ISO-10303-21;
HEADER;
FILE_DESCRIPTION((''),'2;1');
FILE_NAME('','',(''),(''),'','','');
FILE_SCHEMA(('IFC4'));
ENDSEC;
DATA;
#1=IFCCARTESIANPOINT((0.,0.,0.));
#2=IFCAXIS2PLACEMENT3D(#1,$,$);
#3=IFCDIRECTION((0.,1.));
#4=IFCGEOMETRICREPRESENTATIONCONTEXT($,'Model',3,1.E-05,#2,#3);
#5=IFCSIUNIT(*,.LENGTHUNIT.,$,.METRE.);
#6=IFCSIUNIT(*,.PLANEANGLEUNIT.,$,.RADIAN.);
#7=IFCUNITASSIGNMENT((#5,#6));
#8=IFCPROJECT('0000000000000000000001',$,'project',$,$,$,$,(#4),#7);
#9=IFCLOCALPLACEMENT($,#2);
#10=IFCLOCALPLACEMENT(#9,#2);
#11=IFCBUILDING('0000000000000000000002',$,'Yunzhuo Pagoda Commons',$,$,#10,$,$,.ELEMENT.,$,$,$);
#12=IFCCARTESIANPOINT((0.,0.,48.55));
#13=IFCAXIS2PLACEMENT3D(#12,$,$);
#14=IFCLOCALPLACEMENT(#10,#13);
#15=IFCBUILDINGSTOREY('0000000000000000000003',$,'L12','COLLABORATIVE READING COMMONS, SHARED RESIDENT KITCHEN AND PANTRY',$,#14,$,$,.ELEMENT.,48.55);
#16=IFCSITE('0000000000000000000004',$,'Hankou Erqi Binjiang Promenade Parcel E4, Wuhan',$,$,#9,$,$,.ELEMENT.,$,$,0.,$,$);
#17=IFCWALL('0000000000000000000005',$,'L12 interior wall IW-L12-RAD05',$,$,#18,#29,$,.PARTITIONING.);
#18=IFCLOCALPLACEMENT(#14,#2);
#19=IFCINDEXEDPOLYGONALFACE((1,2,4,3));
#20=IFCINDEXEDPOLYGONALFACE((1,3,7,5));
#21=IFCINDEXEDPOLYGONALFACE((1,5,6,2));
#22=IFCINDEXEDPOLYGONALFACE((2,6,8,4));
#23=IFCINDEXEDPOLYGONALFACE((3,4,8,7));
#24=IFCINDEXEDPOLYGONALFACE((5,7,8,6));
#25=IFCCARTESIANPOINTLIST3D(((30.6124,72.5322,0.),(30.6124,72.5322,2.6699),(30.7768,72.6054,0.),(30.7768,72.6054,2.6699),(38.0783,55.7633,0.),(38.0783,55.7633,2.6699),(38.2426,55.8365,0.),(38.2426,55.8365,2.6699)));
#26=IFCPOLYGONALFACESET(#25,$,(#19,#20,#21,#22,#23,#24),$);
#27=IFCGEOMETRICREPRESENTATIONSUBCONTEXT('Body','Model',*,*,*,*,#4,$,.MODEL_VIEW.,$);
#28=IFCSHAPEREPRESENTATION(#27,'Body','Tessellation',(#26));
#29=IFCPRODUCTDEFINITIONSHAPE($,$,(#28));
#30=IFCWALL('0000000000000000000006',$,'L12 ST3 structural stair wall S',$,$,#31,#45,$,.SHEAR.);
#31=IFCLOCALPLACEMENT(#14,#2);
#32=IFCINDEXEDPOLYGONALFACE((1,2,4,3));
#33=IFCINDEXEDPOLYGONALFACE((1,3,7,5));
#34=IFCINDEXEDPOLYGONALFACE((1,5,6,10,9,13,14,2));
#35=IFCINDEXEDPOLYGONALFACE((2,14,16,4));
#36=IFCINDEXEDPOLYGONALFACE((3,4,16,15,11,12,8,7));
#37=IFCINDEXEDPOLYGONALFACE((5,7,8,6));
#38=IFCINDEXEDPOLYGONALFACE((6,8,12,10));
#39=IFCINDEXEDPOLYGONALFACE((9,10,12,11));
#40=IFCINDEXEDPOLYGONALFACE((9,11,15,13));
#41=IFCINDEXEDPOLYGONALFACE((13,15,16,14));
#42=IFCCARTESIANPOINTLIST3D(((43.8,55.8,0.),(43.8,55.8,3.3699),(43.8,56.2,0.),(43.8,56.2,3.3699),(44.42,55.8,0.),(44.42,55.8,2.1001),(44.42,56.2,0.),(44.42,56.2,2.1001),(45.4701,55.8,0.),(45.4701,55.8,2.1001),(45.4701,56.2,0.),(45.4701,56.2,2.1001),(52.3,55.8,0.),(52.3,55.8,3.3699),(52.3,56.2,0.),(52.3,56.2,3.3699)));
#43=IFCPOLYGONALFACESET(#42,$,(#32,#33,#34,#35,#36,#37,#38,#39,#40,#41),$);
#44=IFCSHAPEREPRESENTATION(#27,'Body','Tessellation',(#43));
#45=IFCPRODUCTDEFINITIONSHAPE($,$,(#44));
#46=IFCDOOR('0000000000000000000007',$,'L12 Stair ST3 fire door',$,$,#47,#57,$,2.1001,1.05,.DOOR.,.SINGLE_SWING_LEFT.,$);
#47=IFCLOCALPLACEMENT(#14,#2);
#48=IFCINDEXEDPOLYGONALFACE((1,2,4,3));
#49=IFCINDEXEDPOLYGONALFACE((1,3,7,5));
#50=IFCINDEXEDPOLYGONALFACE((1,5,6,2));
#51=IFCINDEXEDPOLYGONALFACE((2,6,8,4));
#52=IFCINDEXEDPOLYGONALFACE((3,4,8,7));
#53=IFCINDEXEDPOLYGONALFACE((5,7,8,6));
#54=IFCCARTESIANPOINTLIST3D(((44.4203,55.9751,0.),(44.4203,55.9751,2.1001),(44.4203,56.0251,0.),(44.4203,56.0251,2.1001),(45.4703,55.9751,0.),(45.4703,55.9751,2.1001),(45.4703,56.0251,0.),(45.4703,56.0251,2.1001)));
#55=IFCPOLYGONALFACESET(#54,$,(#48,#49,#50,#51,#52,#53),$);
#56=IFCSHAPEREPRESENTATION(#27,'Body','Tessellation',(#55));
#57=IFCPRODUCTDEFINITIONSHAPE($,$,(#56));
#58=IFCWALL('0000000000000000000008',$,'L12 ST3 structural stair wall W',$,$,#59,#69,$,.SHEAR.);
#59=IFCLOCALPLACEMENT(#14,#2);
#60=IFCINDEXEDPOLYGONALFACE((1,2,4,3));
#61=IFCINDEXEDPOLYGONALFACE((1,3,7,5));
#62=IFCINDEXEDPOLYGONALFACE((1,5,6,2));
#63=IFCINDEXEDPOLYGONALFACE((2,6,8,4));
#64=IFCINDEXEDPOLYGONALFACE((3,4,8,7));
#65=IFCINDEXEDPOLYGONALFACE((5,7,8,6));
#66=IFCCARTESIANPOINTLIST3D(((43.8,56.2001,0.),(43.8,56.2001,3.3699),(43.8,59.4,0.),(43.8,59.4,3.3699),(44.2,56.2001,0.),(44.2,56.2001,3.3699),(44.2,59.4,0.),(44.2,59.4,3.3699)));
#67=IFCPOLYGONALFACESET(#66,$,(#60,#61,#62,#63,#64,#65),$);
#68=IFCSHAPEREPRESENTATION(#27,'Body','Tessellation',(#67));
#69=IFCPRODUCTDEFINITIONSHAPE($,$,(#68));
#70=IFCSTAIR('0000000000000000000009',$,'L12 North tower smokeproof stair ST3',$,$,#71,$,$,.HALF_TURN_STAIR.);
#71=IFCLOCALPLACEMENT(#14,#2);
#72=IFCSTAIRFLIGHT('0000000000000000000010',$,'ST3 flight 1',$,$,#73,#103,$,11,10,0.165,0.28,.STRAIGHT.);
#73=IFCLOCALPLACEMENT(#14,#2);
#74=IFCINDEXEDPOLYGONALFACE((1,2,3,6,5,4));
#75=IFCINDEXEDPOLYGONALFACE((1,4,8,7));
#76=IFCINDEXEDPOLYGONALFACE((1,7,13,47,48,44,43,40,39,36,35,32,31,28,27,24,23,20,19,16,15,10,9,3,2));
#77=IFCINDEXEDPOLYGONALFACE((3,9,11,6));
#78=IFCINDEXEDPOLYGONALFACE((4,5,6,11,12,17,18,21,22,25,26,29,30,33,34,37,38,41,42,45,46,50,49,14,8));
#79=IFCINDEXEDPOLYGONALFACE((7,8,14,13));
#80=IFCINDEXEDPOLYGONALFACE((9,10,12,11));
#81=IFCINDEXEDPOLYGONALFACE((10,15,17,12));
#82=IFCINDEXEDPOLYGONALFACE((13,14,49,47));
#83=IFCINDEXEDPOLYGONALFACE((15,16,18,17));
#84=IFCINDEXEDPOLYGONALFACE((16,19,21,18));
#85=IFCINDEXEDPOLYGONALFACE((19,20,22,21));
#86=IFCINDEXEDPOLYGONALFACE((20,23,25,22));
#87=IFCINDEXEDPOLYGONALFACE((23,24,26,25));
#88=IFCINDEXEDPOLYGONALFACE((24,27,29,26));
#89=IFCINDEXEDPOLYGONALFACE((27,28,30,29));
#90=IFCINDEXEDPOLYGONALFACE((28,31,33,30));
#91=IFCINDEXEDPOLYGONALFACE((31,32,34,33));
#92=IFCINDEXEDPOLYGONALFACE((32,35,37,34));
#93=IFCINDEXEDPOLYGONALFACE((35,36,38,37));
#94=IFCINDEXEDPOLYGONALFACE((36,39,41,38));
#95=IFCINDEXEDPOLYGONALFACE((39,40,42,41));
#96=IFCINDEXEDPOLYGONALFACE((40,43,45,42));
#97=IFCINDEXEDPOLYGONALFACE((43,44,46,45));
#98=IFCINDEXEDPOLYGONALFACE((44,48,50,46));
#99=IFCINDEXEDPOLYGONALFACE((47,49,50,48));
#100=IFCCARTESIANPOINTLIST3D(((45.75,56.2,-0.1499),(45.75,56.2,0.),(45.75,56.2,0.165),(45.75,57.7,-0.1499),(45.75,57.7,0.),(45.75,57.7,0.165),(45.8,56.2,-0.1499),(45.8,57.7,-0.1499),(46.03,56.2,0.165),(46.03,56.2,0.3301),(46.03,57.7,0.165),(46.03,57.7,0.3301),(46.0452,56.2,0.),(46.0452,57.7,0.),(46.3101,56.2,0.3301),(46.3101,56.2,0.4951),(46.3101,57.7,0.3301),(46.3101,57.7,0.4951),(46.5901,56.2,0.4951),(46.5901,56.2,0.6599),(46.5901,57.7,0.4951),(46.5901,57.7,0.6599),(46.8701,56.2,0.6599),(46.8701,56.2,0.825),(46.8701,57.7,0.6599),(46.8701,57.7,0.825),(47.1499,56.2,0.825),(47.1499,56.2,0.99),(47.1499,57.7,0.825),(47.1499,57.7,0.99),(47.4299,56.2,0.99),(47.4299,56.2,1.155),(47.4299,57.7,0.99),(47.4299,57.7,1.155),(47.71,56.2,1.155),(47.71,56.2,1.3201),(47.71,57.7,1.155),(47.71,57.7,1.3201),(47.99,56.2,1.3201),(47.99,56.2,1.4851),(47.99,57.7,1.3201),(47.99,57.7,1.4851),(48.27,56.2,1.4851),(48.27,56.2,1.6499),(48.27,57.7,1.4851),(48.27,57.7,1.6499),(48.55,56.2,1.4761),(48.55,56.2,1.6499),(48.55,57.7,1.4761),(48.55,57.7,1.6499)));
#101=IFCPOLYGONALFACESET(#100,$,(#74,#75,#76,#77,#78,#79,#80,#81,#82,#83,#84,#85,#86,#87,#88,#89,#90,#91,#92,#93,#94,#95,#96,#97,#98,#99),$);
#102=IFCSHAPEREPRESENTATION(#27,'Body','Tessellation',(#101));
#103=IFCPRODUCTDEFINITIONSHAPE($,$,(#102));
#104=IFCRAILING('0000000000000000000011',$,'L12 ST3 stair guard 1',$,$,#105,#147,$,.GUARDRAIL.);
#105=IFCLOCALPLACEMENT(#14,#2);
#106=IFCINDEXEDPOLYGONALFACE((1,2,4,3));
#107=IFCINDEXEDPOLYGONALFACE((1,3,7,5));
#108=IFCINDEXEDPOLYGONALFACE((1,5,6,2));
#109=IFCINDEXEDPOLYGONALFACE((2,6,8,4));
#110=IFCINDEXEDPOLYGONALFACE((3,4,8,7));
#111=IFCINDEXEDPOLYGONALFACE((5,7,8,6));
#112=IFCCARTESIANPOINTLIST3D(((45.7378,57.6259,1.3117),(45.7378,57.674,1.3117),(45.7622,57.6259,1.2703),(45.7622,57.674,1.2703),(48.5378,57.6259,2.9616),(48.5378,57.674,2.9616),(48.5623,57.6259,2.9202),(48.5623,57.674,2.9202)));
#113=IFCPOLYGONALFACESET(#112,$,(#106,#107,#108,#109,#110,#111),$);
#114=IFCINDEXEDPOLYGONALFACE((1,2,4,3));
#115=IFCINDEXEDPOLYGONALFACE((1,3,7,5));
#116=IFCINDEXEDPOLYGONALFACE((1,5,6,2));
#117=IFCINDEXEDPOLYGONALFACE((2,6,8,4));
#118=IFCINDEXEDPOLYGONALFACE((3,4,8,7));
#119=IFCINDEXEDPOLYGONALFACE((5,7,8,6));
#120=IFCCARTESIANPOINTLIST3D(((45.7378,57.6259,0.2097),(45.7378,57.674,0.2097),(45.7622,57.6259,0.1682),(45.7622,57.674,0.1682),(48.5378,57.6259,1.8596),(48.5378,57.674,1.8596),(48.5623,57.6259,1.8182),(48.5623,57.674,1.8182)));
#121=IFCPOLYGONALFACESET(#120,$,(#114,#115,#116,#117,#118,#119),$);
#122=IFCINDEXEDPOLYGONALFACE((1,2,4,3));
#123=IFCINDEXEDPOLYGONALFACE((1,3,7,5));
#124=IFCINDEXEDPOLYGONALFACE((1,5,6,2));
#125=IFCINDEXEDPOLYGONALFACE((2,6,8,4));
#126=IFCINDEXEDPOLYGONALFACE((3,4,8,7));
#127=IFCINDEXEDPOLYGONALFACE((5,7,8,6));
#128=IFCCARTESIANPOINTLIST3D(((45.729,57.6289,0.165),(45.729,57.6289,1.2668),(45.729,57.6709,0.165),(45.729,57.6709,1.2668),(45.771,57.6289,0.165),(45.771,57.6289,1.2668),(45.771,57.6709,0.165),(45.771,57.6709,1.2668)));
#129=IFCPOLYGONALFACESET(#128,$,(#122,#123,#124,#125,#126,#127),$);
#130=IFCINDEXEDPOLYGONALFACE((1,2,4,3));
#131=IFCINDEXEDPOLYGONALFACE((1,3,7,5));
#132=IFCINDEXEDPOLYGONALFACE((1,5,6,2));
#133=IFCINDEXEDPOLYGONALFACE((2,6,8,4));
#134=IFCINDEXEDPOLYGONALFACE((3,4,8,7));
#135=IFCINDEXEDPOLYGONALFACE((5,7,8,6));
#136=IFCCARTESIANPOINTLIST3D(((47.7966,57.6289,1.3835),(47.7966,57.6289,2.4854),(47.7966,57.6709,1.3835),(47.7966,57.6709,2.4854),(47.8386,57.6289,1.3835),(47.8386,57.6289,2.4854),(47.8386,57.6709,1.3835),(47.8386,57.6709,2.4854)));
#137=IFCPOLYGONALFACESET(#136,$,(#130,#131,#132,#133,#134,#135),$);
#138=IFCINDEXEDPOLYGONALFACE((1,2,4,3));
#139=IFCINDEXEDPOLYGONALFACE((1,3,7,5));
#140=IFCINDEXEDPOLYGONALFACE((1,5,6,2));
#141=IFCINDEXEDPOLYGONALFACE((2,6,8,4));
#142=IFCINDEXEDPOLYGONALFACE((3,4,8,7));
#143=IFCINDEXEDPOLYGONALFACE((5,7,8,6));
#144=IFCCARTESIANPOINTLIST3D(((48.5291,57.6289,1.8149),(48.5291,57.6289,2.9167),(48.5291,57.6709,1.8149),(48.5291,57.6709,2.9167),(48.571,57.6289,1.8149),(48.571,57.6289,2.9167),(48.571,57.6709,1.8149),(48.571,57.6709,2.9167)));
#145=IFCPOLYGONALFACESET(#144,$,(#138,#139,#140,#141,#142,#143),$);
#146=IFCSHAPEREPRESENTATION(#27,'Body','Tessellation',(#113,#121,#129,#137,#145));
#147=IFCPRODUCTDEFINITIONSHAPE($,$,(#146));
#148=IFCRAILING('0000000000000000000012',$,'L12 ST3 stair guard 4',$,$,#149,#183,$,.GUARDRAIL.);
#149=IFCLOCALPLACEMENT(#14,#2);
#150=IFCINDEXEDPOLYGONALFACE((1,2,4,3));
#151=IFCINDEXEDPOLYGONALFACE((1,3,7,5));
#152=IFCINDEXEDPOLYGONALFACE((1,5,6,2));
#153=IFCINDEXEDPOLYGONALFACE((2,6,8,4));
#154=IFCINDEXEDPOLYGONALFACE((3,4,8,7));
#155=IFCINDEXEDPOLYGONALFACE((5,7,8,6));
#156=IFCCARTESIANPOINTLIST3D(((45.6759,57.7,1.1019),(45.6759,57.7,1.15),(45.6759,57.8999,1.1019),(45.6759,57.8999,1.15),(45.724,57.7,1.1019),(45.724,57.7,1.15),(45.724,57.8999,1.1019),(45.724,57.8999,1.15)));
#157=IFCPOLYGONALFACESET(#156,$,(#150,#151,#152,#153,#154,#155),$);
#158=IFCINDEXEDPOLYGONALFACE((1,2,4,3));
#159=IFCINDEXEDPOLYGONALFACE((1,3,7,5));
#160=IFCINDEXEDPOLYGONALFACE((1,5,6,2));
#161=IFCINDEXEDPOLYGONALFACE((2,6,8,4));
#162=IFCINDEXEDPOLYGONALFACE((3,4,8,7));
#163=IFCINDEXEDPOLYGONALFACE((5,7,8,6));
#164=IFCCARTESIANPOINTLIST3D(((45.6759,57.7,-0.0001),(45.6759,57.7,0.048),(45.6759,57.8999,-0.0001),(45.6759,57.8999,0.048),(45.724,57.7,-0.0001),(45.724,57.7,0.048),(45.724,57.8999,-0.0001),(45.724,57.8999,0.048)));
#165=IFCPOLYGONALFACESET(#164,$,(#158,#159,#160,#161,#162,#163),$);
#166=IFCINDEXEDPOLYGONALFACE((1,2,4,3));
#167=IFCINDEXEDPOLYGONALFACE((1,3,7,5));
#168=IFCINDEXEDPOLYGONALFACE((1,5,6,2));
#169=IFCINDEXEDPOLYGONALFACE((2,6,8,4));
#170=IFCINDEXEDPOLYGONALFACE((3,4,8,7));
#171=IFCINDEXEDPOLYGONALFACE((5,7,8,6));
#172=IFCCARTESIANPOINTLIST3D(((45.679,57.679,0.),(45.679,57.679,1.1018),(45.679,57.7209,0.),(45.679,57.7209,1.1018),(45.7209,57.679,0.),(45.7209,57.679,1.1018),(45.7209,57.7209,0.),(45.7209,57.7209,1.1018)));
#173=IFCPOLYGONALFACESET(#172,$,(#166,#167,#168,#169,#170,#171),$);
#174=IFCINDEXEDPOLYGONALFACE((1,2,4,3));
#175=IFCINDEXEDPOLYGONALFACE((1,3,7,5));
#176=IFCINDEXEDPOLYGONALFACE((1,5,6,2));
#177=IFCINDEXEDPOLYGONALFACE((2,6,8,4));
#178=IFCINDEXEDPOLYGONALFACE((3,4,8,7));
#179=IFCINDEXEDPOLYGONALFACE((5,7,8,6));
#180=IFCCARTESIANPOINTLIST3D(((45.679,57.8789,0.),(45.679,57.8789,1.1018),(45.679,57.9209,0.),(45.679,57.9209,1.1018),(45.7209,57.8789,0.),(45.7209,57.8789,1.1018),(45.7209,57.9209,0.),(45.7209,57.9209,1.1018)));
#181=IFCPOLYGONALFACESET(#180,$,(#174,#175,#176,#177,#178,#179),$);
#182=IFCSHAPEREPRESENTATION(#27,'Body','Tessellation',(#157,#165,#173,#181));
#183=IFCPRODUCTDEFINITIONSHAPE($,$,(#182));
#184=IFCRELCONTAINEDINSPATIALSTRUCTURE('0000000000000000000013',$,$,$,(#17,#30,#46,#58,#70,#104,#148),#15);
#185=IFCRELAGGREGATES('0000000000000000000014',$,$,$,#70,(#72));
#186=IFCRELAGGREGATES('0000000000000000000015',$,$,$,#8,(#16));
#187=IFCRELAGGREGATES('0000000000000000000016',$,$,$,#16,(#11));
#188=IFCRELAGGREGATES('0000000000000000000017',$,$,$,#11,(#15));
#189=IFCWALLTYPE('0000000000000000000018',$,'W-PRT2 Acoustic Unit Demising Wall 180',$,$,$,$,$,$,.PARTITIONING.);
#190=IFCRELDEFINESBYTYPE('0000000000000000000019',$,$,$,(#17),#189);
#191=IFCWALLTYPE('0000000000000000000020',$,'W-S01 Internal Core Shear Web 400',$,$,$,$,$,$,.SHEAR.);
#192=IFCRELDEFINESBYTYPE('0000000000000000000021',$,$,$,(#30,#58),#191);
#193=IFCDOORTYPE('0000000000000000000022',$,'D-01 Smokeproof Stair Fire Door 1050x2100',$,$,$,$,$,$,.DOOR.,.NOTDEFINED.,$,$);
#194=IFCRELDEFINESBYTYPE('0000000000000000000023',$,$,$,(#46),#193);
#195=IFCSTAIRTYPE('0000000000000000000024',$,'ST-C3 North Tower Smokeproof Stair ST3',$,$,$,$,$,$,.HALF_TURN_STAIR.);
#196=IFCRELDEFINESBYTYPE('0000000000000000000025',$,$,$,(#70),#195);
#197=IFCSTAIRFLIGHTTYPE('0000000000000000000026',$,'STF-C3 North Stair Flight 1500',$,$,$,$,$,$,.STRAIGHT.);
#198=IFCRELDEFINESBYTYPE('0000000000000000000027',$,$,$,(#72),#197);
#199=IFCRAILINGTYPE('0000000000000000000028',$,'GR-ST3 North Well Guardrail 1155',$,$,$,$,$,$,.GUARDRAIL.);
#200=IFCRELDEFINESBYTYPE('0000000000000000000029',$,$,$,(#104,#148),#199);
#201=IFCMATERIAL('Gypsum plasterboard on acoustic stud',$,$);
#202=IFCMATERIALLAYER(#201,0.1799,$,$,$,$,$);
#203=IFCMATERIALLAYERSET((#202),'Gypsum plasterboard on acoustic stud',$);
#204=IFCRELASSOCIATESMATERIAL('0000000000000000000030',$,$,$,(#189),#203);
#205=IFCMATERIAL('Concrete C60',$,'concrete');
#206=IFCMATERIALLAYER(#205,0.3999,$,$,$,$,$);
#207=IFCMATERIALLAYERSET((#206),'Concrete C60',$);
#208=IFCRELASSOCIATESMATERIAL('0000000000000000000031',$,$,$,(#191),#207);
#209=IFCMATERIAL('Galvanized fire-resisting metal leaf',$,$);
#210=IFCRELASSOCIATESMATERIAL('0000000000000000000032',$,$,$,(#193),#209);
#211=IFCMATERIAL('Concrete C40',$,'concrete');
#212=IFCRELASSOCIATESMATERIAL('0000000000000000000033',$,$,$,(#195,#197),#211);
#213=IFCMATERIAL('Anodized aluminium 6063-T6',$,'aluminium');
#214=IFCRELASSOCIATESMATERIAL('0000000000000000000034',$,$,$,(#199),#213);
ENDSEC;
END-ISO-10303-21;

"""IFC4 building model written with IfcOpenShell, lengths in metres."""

from ifc_helpers import new_model, si_unit, direction, frame, frame_2d, origin, origin_2d, place, context, subcontext, project, spatial, polyline, rectangle, outline, extrude, source, transform, mapped, material, layer, layer_set, type_object, element, fill, aggregate, save


model = new_model("IFC4")

# Units and contexts
model_context = context("Model", 3, precision=1e-05, world=origin(), true_north=direction((0.0, 1.0)))
body_context = subcontext(model_context, "Body", "Model", "MODEL_VIEW")
ifc_project = project(units=[si_unit("LENGTHUNIT", "METRE"), si_unit("PLANEANGLEUNIT", "RADIAN")], contexts=[model_context])

# Site, building, storey
site_placement = place(None, origin())
site = spatial("IfcSite", under=ifc_project, at=site_placement, Name="Hankou Erqi Binjiang Promenade Parcel E4, Wuhan", CompositionType="ELEMENT", RefElevation=0.0)
building_placement = place(site_placement, origin())
building = spatial("IfcBuilding", under=site, at=building_placement, Name="Yunzhuo Pagoda Commons", CompositionType="ELEMENT")
storey_placement = place(building_placement, frame((0.0, 0.0, 48.55)))
storey = spatial("IfcBuildingStorey", under=building, at=storey_placement, Name="L12", Description="COLLABORATIVE READING COMMONS, SHARED RESIDENT KITCHEN AND PANTRY", CompositionType="ELEMENT", Elevation=48.55)

# Shared definitions
ifc_material_1 = material(Name="Anodized aluminium 6063-T6", Category="aluminium")

# Wall
ifc_material_2 = material(Name="Gypsum plasterboard on acoustic stud")
ifc_layer_1 = layer(ifc_material_2, 0.1799)
ifc_layer_set_1 = layer_set([ifc_layer_1], Name="Gypsum plasterboard on acoustic stud")
wall_type_1 = type_object("IfcWallType", Name="W-PRT2 Acoustic Unit Demising Wall 180", PredefinedType="PARTITIONING", material=ifc_layer_set_1)
wall_1_placement = place(storey_placement, frame((38.1604, 55.8, 0.0), z_axis=(0.0, 0.0, 1.0), x_axis=(-0.406731, 0.913548, 0.0)))
element("IfcWall", 1, at=wall_1_placement, inside=storey, type_object=wall_type_1, Name="L12 interior wall IW-L12-RAD05", PredefinedType="PARTITIONING", context=body_context, shape_type="SweptSolid", body=[
    extrude(rectangle(XDim=18.3557, YDim=0.1799, at=frame_2d((9.1777, 0.0))), origin(), (0.0, 0.0, 1.0), 2.6699),
])

# Wall, opening, door
ifc_material_3 = material(Name="Concrete C60", Category="concrete")
ifc_layer_2 = layer(ifc_material_3, 0.3999)
ifc_layer_set_2 = layer_set([ifc_layer_2], Name="Concrete C60")
wall_type_2 = type_object("IfcWallType", Name="W-S01 Internal Core Shear Web 400", PredefinedType="SHEAR", material=ifc_layer_set_2)
wall_2_placement = place(storey_placement, frame((43.8, 56.0, 0.0), z_axis=(0.0, 0.0, 1.0), x_axis=(1.0, 0.0, 0.0)))
wall_2 = element("IfcWall", 2, at=wall_2_placement, inside=storey, type_object=wall_type_2, Name="L12 ST3 structural stair wall S", PredefinedType="SHEAR", context=body_context, shape_type="SweptSolid", body=[
    extrude(rectangle(XDim=8.5, YDim=0.3999, at=frame_2d((4.25, 0.0))), origin(), (0.0, 0.0, 1.0), 3.3699),
])
opening_placement = place(wall_2_placement, frame((0.6201, 0.0, 0.0)))
opening = element("IfcOpeningElement", 3, at=opening_placement, cuts=wall_2, PredefinedType="OPENING", context=body_context, shape_type="SweptSolid", body=[
    extrude(rectangle(XDim=1.05, YDim=2.1001, at=frame_2d((0.5249, 1.05))), frame((0.0, 0.21, 0.0), z_axis=(0.0, -1.0, 0.0), x_axis=(1.0, 0.0, 0.0)), (0.0, 0.0, 1.0), 0.4199),
])
ifc_material_4 = material(Name="Galvanized fire-resisting metal leaf")
door_type = type_object("IfcDoorType", Name="D-01 Smokeproof Stair Fire Door 1050x2100", OperationType="NOTDEFINED", PredefinedType="DOOR", material=ifc_material_4)
shared_shape_1 = source(origin(), body_context, "Body", "SweptSolid", [
    extrude(rectangle(XDim=1.05, YDim=2.1001, at=frame_2d((0.5249, 1.05))), frame((0.0, 0.0249, 0.0), z_axis=(0.0, -1.0, 0.0), x_axis=(1.0, 0.0, 0.0)), (0.0, 0.0, 1.0), 0.05),
])
door_placement = place(opening_placement, frame((1.05, 0.0, 0.0), z_axis=(0.0, 0.0, 1.0), x_axis=(-1.0, 0.0, 0.0)))
door = element("IfcDoor", 4, at=door_placement, inside=storey, type_object=door_type, Name="L12 Stair ST3 fire door", OperationType="SINGLE_SWING_LEFT", OverallHeight=2.1001, OverallWidth=1.05, PredefinedType="DOOR", context=body_context, shape_type="MappedRepresentation", body=[
    mapped(shared_shape_1, transform((0.0, 0.0, 0.0), scale=1.0)),
])
fill(opening, door)

# Wall
wall_3_placement = place(storey_placement, frame((44.0, 56.2, 0.0), z_axis=(0.0, 0.0, 1.0), x_axis=(0.0, 1.0, 0.0)))
element("IfcWall", 5, at=wall_3_placement, inside=storey, type_object=wall_type_2, Name="L12 ST3 structural stair wall W", PredefinedType="SHEAR", context=body_context, shape_type="SweptSolid", body=[
    extrude(rectangle(XDim=3.2, YDim=0.3999, at=frame_2d((1.6001, 0.0))), origin(), (0.0, 0.0, 1.0), 3.3699),
])

# Stair, stair flight
ifc_material_5 = material(Name="Concrete C40", Category="concrete")
stair_type = type_object("IfcStairType", Name="ST-C3 North Tower Smokeproof Stair ST3", PredefinedType="HALF_TURN_STAIR", material=ifc_material_5)
stair_placement = place(storey_placement, origin())
stair = element("IfcStair", 6, at=stair_placement, inside=storey, type_object=stair_type, Name="L12 North tower smokeproof stair ST3", PredefinedType="HALF_TURN_STAIR")
stair_flight_type = type_object("IfcStairFlightType", Name="STF-C3 North Stair Flight 1500", PredefinedType="STRAIGHT", material=ifc_material_5)
shared_shape_2 = source(origin(), body_context, "Body", "SweptSolid", [
    extrude(outline(polyline([(0.0, -0.1499), (0.0, 0.0), (0.0, 0.165), (0.28, 0.165), (0.28, 0.3301), (0.5601, 0.3301), (0.5601, 0.4951), (0.8401, 0.4951), (0.8401, 0.6599), (1.1201, 0.6599), (1.1201, 0.825), (1.3999, 0.825), (1.3999, 0.99), (1.6799, 0.99), (1.6799, 1.155), (1.96, 1.155), (1.96, 1.3201), (2.24, 1.3201), (2.24, 1.4851), (2.52, 1.4851), (2.52, 1.6499), (2.8, 1.6499), (2.8, 1.8149), (2.8, 1.4761), (0.2952, 0.0), (0.05, -0.1499), (0.0, -0.1499)])), frame((0.0, 0.75, 0.0), z_axis=(0.0, -1.0, 0.0), x_axis=(1.0, 0.0, 0.0)), (0.0, 0.0, 1.0), 1.5),
])
stair_flight_placement = place(storey_placement, frame((45.75, 56.95, 0.0), z_axis=(0.0, 0.0, 1.0), x_axis=(1.0, 0.0, 0.0)))
stair_flight = element("IfcStairFlight", 7, at=stair_flight_placement, type_object=stair_flight_type, Name="ST3 flight 1", NumberOfRisers=11, NumberOfTreads=10, PredefinedType="STRAIGHT", RiserHeight=0.165, TreadLength=0.28, context=body_context, shape_type="MappedRepresentation", body=[
    mapped(shared_shape_2, transform((0.0, 0.0, 0.0), scale=1.0)),
])
aggregate(stair, [stair_flight])

# Railings
railing_type_1 = type_object("IfcRailingType", Name="GR-ST3 North Well Guardrail 1155", PredefinedType="GUARDRAIL", material=ifc_material_1)
railing_1_placement = place(storey_placement, frame((45.75, 57.6499, 0.165)))
element("IfcRailing", 8, at=railing_1_placement, inside=storey, type_object=railing_type_1, Name="L12 ST3 stair guard 1", PredefinedType="GUARDRAIL", context=body_context, shape_type="SweptSolid", body=[
    extrude(rectangle(XDim=0.0481, YDim=0.0481, at=origin_2d()), frame((0.0, 0.0, 1.126), z_axis=(0.861555, 0.0, 0.507663), x_axis=(0.0, 1.0, 0.0)), (0.0, 0.0, 1.0), 3.25),
    extrude(rectangle(XDim=0.0481, YDim=0.0481, at=origin_2d()), frame((0.0, 0.0, 0.0239), z_axis=(0.861555, 0.0, 0.507663), x_axis=(0.0, 1.0, 0.0)), (0.0, 0.0, 1.0), 3.25),
    extrude(rectangle(XDim=0.042, YDim=0.042, at=origin_2d()), origin(), (0.0, 0.0, 1.0), 1.1018),
    extrude(rectangle(XDim=0.042, YDim=0.042, at=origin_2d()), frame((2.0676, 0.0, 1.2185)), (0.0, 0.0, 1.0), 1.1018),
    extrude(rectangle(XDim=0.042, YDim=0.042, at=origin_2d()), frame((2.8, 0.0, 1.6499)), (0.0, 0.0, 1.0), 1.1018),
])
railing_2_placement = place(storey_placement, frame((45.7, 57.7, 0.0)))
element("IfcRailing", 9, at=railing_2_placement, inside=storey, type_object=railing_type_1, Name="L12 ST3 stair guard 4", PredefinedType="GUARDRAIL", context=body_context, shape_type="SweptSolid", body=[
    extrude(rectangle(XDim=0.0481, YDim=0.0481, at=origin_2d()), frame((0.0, 0.0, 1.126), z_axis=(0.0, 1.0, 0.0), x_axis=(-1.0, 0.0, 0.0)), (0.0, 0.0, 1.0), 0.2),
    extrude(rectangle(XDim=0.0481, YDim=0.0481, at=origin_2d()), frame((0.0, 0.0, 0.0239), z_axis=(0.0, 1.0, 0.0), x_axis=(-1.0, 0.0, 0.0)), (0.0, 0.0, 1.0), 0.2),
    extrude(rectangle(XDim=0.042, YDim=0.042, at=origin_2d()), origin(), (0.0, 0.0, 1.0), 1.1018),
    extrude(rectangle(XDim=0.042, YDim=0.042, at=origin_2d()), frame((0.0, 0.2, 0.0)), (0.0, 0.0, 1.0), 1.1018),
])

save(model, "model.ifc")
